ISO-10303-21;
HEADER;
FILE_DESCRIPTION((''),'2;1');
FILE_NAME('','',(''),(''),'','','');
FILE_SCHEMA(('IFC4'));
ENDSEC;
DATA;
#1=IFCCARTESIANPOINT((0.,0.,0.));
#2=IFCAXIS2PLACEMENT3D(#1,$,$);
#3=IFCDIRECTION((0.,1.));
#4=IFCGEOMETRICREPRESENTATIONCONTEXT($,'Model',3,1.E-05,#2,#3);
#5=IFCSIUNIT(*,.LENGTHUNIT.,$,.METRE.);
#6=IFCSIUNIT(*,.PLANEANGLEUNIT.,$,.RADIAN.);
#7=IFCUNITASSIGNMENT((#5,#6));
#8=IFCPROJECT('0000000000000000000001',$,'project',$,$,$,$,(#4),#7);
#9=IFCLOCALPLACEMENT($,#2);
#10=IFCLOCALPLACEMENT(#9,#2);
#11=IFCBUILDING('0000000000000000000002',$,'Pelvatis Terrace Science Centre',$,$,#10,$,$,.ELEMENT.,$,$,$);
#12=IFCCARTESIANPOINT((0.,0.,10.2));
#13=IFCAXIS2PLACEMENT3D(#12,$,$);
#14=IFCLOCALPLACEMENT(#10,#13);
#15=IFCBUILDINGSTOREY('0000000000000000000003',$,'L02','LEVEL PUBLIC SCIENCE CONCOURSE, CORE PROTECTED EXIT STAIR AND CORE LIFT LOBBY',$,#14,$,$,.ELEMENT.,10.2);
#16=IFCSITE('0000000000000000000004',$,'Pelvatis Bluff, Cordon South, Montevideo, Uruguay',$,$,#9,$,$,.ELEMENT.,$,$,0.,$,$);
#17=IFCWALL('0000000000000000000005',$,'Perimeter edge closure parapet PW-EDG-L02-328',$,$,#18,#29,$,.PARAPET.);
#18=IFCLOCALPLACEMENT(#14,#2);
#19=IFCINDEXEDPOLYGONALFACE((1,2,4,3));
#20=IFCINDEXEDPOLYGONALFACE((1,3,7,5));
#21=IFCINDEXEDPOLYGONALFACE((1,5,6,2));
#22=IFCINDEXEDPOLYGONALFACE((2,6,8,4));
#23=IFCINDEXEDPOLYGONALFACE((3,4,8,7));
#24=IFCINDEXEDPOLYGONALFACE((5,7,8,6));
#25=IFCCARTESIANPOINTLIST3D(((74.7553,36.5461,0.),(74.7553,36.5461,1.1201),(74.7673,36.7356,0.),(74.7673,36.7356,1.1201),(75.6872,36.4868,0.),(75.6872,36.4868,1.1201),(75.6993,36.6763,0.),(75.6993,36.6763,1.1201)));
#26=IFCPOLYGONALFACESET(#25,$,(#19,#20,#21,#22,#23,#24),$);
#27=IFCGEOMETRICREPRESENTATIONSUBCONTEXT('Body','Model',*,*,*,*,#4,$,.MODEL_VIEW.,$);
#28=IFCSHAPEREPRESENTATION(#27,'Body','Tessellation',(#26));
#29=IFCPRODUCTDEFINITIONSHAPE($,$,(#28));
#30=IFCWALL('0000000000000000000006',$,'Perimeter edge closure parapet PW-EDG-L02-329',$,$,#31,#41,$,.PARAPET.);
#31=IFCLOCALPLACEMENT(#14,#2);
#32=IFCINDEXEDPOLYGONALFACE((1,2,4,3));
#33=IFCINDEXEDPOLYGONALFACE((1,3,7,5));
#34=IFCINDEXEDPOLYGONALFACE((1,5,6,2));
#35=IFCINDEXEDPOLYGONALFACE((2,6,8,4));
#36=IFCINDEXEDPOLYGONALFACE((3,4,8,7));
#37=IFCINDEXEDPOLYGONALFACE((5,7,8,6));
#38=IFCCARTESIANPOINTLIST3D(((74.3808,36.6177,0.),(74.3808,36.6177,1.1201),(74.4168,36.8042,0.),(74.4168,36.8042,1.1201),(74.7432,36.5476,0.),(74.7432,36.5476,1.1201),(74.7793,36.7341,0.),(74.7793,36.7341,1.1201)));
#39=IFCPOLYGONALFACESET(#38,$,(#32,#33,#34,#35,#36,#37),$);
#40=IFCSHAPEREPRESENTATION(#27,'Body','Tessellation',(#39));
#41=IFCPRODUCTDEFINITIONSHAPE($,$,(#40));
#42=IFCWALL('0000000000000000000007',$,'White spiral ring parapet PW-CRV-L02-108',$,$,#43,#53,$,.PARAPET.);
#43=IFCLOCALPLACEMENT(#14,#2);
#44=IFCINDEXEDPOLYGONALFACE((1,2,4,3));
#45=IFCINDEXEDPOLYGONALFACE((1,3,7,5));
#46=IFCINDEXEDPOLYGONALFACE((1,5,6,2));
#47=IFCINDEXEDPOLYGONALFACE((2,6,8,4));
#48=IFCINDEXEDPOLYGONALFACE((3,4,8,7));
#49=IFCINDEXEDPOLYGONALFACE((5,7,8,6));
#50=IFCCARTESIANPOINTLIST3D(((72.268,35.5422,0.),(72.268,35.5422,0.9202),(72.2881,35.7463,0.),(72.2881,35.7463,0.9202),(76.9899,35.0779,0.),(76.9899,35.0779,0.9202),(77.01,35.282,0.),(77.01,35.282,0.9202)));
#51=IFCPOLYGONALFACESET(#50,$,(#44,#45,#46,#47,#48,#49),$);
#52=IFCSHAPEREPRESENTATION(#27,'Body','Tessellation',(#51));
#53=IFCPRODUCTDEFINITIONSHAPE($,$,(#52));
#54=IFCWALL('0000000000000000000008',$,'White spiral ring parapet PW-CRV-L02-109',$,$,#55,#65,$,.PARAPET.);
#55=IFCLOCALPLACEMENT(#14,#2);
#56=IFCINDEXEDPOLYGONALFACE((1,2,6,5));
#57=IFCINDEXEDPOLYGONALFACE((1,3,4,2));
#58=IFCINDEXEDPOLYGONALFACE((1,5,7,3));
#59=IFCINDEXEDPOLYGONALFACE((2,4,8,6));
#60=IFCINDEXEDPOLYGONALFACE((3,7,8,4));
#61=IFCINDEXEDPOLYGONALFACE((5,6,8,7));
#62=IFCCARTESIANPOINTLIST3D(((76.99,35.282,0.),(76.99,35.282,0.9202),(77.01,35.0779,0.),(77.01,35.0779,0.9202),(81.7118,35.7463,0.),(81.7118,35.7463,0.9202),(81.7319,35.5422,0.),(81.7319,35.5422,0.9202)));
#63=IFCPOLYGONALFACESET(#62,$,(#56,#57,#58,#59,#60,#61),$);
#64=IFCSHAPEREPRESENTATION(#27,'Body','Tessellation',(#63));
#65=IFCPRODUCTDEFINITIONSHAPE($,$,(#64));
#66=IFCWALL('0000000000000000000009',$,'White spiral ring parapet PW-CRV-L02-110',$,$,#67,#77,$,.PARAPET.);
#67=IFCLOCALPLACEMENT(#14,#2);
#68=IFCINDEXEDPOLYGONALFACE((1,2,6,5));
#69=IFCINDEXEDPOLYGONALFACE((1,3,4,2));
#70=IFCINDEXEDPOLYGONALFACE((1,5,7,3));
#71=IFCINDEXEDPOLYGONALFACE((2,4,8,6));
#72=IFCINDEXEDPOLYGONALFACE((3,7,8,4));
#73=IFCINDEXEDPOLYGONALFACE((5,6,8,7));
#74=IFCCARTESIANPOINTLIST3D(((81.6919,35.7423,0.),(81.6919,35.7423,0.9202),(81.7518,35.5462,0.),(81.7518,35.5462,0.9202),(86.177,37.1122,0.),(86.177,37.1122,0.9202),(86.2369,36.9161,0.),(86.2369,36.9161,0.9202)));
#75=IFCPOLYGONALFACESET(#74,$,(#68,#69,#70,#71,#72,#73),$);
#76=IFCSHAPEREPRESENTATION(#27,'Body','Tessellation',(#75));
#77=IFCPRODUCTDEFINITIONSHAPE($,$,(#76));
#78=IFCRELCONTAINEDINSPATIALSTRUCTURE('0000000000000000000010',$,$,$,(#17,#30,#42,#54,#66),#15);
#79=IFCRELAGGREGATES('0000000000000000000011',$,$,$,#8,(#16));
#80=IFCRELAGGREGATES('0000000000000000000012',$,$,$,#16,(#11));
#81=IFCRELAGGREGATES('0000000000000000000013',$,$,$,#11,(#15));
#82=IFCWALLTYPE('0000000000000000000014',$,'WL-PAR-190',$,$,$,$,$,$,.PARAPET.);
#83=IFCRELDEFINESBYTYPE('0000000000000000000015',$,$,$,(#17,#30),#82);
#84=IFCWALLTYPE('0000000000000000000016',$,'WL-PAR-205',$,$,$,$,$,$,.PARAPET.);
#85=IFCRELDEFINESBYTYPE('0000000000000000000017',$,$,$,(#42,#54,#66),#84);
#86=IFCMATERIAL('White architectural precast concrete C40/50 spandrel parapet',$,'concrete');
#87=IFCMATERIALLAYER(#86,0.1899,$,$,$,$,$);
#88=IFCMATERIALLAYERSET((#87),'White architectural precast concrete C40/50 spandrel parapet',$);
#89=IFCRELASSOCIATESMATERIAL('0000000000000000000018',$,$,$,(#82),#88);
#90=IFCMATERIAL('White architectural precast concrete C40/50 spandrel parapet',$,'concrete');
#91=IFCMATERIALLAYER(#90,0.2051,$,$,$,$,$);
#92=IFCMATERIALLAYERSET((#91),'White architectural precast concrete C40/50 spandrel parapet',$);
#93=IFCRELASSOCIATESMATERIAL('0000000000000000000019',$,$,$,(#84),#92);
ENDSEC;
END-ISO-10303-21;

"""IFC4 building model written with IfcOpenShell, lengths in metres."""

from ifc_helpers import new_model, si_unit, direction, frame, frame_2d, origin, place, context, subcontext, project, spatial, rectangle, extrude, material, layer, layer_set, type_object, element, save


model = new_model("IFC4")

# Units and contexts
model_context = context("Model", 3, precision=1e-05, world=origin(), true_north=direction((0.0, 1.0)))
body_context = subcontext(model_context, "Body", "Model", "MODEL_VIEW")
ifc_project = project(units=[si_unit("LENGTHUNIT", "METRE"), si_unit("PLANEANGLEUNIT", "RADIAN")], contexts=[model_context])

# Site, building, storey
site_placement = place(None, origin())
site = spatial("IfcSite", under=ifc_project, at=site_placement, Name="Pelvatis Bluff, Cordon South, Montevideo, Uruguay", CompositionType="ELEMENT", RefElevation=0.0)
building_placement = place(site_placement, origin())
building = spatial("IfcBuilding", under=site, at=building_placement, Name="Pelvatis Terrace Science Centre", CompositionType="ELEMENT")
storey_placement = place(building_placement, frame((0.0, 0.0, 10.2)))
storey = spatial("IfcBuildingStorey", under=building, at=storey_placement, Name="L02", Description="LEVEL PUBLIC SCIENCE CONCOURSE, CORE PROTECTED EXIT STAIR AND CORE LIFT LOBBY", CompositionType="ELEMENT", Elevation=10.2)

# Walls
ifc_material_1 = material(Name="White architectural precast concrete C40/50 spandrel parapet", Category="concrete")
ifc_layer_1 = layer(ifc_material_1, 0.1899)
ifc_layer_set_1 = layer_set([ifc_layer_1], Name="White architectural precast concrete C40/50 spandrel parapet")
wall_type_1 = type_object("IfcWallType", Name="WL-PAR-190", PredefinedType="PARAPET", material=ifc_layer_set_1)
wall_1_placement = place(storey_placement, frame((75.6931, 36.5815, 0.0), z_axis=(0.0, 0.0, 1.0), x_axis=(-0.99798, 0.063534, 0.0)))
element("IfcWall", 1, at=wall_1_placement, inside=storey, type_object=wall_type_1, Name="Perimeter edge closure parapet PW-EDG-L02-328", PredefinedType="PARAPET", context=body_context, shape_type="SweptSolid", body=[
    extrude(rectangle(XDim=0.9338, YDim=0.1899, at=frame_2d((0.4668, 0.0))), origin(), (0.0, 0.0, 1.0), 1.1201),
])
wall_2_placement = place(storey_placement, frame((74.7612, 36.6409, 0.0), z_axis=(0.0, 0.0, 1.0), x_axis=(-0.981832, 0.189755, 0.0)))
element("IfcWall", 2, at=wall_2_placement, inside=storey, type_object=wall_type_1, Name="Perimeter edge closure parapet PW-EDG-L02-329", PredefinedType="PARAPET", context=body_context, shape_type="SweptSolid", body=[
    extrude(rectangle(XDim=0.3691, YDim=0.1899, at=frame_2d((0.1846, 0.0))), origin(), (0.0, 0.0, 1.0), 1.1201),
])
ifc_material_2 = material(Name="White architectural precast concrete C40/50 spandrel parapet", Category="concrete")
ifc_layer_2 = layer(ifc_material_2, 0.2051)
ifc_layer_set_2 = layer_set([ifc_layer_2], Name="White architectural precast concrete C40/50 spandrel parapet")
wall_type_2 = type_object("IfcWallType", Name="WL-PAR-205", PredefinedType="PARAPET", material=ifc_layer_set_2)
for number, where, z_axis, x_axis, name in (
    (3, (72.2781, 35.6443, 0.0), (0.0, 0.0, 1.0), (0.995199, -0.097868, 0.0), "White spiral ring parapet PW-CRV-L02-108"),
    (4, (77.0, 35.1799, 0.0), (0.0, 0.0, 1.0), (0.995199, 0.097868, 0.0), "White spiral ring parapet PW-CRV-L02-109"),
):
    element("IfcWall", number, at=place(storey_placement, frame(where, z_axis=z_axis, x_axis=x_axis)), inside=storey, type_object=wall_type_2, Name=name, PredefinedType="PARAPET", context=body_context, shape_type="SweptSolid", body=[
        extrude(rectangle(XDim=4.7446, YDim=0.2051, at=frame_2d((2.3723, 0.0))), origin(), (0.0, 0.0, 1.0), 0.9202),
    ])
wall_3_placement = place(storey_placement, frame((81.7219, 35.6443, 0.0), z_axis=(0.0, 0.0, 1.0), x_axis=(0.956386, 0.292106, 0.0)))
element("IfcWall", 5, at=wall_3_placement, inside=storey, type_object=wall_type_2, Name="White spiral ring parapet PW-CRV-L02-110", PredefinedType="PARAPET", context=body_context, shape_type="SweptSolid", body=[
    extrude(rectangle(XDim=4.6897, YDim=0.2051, at=frame_2d((2.3447, 0.0))), origin(), (0.0, 0.0, 1.0), 0.9202),
])

save(model, "model.ifc")
